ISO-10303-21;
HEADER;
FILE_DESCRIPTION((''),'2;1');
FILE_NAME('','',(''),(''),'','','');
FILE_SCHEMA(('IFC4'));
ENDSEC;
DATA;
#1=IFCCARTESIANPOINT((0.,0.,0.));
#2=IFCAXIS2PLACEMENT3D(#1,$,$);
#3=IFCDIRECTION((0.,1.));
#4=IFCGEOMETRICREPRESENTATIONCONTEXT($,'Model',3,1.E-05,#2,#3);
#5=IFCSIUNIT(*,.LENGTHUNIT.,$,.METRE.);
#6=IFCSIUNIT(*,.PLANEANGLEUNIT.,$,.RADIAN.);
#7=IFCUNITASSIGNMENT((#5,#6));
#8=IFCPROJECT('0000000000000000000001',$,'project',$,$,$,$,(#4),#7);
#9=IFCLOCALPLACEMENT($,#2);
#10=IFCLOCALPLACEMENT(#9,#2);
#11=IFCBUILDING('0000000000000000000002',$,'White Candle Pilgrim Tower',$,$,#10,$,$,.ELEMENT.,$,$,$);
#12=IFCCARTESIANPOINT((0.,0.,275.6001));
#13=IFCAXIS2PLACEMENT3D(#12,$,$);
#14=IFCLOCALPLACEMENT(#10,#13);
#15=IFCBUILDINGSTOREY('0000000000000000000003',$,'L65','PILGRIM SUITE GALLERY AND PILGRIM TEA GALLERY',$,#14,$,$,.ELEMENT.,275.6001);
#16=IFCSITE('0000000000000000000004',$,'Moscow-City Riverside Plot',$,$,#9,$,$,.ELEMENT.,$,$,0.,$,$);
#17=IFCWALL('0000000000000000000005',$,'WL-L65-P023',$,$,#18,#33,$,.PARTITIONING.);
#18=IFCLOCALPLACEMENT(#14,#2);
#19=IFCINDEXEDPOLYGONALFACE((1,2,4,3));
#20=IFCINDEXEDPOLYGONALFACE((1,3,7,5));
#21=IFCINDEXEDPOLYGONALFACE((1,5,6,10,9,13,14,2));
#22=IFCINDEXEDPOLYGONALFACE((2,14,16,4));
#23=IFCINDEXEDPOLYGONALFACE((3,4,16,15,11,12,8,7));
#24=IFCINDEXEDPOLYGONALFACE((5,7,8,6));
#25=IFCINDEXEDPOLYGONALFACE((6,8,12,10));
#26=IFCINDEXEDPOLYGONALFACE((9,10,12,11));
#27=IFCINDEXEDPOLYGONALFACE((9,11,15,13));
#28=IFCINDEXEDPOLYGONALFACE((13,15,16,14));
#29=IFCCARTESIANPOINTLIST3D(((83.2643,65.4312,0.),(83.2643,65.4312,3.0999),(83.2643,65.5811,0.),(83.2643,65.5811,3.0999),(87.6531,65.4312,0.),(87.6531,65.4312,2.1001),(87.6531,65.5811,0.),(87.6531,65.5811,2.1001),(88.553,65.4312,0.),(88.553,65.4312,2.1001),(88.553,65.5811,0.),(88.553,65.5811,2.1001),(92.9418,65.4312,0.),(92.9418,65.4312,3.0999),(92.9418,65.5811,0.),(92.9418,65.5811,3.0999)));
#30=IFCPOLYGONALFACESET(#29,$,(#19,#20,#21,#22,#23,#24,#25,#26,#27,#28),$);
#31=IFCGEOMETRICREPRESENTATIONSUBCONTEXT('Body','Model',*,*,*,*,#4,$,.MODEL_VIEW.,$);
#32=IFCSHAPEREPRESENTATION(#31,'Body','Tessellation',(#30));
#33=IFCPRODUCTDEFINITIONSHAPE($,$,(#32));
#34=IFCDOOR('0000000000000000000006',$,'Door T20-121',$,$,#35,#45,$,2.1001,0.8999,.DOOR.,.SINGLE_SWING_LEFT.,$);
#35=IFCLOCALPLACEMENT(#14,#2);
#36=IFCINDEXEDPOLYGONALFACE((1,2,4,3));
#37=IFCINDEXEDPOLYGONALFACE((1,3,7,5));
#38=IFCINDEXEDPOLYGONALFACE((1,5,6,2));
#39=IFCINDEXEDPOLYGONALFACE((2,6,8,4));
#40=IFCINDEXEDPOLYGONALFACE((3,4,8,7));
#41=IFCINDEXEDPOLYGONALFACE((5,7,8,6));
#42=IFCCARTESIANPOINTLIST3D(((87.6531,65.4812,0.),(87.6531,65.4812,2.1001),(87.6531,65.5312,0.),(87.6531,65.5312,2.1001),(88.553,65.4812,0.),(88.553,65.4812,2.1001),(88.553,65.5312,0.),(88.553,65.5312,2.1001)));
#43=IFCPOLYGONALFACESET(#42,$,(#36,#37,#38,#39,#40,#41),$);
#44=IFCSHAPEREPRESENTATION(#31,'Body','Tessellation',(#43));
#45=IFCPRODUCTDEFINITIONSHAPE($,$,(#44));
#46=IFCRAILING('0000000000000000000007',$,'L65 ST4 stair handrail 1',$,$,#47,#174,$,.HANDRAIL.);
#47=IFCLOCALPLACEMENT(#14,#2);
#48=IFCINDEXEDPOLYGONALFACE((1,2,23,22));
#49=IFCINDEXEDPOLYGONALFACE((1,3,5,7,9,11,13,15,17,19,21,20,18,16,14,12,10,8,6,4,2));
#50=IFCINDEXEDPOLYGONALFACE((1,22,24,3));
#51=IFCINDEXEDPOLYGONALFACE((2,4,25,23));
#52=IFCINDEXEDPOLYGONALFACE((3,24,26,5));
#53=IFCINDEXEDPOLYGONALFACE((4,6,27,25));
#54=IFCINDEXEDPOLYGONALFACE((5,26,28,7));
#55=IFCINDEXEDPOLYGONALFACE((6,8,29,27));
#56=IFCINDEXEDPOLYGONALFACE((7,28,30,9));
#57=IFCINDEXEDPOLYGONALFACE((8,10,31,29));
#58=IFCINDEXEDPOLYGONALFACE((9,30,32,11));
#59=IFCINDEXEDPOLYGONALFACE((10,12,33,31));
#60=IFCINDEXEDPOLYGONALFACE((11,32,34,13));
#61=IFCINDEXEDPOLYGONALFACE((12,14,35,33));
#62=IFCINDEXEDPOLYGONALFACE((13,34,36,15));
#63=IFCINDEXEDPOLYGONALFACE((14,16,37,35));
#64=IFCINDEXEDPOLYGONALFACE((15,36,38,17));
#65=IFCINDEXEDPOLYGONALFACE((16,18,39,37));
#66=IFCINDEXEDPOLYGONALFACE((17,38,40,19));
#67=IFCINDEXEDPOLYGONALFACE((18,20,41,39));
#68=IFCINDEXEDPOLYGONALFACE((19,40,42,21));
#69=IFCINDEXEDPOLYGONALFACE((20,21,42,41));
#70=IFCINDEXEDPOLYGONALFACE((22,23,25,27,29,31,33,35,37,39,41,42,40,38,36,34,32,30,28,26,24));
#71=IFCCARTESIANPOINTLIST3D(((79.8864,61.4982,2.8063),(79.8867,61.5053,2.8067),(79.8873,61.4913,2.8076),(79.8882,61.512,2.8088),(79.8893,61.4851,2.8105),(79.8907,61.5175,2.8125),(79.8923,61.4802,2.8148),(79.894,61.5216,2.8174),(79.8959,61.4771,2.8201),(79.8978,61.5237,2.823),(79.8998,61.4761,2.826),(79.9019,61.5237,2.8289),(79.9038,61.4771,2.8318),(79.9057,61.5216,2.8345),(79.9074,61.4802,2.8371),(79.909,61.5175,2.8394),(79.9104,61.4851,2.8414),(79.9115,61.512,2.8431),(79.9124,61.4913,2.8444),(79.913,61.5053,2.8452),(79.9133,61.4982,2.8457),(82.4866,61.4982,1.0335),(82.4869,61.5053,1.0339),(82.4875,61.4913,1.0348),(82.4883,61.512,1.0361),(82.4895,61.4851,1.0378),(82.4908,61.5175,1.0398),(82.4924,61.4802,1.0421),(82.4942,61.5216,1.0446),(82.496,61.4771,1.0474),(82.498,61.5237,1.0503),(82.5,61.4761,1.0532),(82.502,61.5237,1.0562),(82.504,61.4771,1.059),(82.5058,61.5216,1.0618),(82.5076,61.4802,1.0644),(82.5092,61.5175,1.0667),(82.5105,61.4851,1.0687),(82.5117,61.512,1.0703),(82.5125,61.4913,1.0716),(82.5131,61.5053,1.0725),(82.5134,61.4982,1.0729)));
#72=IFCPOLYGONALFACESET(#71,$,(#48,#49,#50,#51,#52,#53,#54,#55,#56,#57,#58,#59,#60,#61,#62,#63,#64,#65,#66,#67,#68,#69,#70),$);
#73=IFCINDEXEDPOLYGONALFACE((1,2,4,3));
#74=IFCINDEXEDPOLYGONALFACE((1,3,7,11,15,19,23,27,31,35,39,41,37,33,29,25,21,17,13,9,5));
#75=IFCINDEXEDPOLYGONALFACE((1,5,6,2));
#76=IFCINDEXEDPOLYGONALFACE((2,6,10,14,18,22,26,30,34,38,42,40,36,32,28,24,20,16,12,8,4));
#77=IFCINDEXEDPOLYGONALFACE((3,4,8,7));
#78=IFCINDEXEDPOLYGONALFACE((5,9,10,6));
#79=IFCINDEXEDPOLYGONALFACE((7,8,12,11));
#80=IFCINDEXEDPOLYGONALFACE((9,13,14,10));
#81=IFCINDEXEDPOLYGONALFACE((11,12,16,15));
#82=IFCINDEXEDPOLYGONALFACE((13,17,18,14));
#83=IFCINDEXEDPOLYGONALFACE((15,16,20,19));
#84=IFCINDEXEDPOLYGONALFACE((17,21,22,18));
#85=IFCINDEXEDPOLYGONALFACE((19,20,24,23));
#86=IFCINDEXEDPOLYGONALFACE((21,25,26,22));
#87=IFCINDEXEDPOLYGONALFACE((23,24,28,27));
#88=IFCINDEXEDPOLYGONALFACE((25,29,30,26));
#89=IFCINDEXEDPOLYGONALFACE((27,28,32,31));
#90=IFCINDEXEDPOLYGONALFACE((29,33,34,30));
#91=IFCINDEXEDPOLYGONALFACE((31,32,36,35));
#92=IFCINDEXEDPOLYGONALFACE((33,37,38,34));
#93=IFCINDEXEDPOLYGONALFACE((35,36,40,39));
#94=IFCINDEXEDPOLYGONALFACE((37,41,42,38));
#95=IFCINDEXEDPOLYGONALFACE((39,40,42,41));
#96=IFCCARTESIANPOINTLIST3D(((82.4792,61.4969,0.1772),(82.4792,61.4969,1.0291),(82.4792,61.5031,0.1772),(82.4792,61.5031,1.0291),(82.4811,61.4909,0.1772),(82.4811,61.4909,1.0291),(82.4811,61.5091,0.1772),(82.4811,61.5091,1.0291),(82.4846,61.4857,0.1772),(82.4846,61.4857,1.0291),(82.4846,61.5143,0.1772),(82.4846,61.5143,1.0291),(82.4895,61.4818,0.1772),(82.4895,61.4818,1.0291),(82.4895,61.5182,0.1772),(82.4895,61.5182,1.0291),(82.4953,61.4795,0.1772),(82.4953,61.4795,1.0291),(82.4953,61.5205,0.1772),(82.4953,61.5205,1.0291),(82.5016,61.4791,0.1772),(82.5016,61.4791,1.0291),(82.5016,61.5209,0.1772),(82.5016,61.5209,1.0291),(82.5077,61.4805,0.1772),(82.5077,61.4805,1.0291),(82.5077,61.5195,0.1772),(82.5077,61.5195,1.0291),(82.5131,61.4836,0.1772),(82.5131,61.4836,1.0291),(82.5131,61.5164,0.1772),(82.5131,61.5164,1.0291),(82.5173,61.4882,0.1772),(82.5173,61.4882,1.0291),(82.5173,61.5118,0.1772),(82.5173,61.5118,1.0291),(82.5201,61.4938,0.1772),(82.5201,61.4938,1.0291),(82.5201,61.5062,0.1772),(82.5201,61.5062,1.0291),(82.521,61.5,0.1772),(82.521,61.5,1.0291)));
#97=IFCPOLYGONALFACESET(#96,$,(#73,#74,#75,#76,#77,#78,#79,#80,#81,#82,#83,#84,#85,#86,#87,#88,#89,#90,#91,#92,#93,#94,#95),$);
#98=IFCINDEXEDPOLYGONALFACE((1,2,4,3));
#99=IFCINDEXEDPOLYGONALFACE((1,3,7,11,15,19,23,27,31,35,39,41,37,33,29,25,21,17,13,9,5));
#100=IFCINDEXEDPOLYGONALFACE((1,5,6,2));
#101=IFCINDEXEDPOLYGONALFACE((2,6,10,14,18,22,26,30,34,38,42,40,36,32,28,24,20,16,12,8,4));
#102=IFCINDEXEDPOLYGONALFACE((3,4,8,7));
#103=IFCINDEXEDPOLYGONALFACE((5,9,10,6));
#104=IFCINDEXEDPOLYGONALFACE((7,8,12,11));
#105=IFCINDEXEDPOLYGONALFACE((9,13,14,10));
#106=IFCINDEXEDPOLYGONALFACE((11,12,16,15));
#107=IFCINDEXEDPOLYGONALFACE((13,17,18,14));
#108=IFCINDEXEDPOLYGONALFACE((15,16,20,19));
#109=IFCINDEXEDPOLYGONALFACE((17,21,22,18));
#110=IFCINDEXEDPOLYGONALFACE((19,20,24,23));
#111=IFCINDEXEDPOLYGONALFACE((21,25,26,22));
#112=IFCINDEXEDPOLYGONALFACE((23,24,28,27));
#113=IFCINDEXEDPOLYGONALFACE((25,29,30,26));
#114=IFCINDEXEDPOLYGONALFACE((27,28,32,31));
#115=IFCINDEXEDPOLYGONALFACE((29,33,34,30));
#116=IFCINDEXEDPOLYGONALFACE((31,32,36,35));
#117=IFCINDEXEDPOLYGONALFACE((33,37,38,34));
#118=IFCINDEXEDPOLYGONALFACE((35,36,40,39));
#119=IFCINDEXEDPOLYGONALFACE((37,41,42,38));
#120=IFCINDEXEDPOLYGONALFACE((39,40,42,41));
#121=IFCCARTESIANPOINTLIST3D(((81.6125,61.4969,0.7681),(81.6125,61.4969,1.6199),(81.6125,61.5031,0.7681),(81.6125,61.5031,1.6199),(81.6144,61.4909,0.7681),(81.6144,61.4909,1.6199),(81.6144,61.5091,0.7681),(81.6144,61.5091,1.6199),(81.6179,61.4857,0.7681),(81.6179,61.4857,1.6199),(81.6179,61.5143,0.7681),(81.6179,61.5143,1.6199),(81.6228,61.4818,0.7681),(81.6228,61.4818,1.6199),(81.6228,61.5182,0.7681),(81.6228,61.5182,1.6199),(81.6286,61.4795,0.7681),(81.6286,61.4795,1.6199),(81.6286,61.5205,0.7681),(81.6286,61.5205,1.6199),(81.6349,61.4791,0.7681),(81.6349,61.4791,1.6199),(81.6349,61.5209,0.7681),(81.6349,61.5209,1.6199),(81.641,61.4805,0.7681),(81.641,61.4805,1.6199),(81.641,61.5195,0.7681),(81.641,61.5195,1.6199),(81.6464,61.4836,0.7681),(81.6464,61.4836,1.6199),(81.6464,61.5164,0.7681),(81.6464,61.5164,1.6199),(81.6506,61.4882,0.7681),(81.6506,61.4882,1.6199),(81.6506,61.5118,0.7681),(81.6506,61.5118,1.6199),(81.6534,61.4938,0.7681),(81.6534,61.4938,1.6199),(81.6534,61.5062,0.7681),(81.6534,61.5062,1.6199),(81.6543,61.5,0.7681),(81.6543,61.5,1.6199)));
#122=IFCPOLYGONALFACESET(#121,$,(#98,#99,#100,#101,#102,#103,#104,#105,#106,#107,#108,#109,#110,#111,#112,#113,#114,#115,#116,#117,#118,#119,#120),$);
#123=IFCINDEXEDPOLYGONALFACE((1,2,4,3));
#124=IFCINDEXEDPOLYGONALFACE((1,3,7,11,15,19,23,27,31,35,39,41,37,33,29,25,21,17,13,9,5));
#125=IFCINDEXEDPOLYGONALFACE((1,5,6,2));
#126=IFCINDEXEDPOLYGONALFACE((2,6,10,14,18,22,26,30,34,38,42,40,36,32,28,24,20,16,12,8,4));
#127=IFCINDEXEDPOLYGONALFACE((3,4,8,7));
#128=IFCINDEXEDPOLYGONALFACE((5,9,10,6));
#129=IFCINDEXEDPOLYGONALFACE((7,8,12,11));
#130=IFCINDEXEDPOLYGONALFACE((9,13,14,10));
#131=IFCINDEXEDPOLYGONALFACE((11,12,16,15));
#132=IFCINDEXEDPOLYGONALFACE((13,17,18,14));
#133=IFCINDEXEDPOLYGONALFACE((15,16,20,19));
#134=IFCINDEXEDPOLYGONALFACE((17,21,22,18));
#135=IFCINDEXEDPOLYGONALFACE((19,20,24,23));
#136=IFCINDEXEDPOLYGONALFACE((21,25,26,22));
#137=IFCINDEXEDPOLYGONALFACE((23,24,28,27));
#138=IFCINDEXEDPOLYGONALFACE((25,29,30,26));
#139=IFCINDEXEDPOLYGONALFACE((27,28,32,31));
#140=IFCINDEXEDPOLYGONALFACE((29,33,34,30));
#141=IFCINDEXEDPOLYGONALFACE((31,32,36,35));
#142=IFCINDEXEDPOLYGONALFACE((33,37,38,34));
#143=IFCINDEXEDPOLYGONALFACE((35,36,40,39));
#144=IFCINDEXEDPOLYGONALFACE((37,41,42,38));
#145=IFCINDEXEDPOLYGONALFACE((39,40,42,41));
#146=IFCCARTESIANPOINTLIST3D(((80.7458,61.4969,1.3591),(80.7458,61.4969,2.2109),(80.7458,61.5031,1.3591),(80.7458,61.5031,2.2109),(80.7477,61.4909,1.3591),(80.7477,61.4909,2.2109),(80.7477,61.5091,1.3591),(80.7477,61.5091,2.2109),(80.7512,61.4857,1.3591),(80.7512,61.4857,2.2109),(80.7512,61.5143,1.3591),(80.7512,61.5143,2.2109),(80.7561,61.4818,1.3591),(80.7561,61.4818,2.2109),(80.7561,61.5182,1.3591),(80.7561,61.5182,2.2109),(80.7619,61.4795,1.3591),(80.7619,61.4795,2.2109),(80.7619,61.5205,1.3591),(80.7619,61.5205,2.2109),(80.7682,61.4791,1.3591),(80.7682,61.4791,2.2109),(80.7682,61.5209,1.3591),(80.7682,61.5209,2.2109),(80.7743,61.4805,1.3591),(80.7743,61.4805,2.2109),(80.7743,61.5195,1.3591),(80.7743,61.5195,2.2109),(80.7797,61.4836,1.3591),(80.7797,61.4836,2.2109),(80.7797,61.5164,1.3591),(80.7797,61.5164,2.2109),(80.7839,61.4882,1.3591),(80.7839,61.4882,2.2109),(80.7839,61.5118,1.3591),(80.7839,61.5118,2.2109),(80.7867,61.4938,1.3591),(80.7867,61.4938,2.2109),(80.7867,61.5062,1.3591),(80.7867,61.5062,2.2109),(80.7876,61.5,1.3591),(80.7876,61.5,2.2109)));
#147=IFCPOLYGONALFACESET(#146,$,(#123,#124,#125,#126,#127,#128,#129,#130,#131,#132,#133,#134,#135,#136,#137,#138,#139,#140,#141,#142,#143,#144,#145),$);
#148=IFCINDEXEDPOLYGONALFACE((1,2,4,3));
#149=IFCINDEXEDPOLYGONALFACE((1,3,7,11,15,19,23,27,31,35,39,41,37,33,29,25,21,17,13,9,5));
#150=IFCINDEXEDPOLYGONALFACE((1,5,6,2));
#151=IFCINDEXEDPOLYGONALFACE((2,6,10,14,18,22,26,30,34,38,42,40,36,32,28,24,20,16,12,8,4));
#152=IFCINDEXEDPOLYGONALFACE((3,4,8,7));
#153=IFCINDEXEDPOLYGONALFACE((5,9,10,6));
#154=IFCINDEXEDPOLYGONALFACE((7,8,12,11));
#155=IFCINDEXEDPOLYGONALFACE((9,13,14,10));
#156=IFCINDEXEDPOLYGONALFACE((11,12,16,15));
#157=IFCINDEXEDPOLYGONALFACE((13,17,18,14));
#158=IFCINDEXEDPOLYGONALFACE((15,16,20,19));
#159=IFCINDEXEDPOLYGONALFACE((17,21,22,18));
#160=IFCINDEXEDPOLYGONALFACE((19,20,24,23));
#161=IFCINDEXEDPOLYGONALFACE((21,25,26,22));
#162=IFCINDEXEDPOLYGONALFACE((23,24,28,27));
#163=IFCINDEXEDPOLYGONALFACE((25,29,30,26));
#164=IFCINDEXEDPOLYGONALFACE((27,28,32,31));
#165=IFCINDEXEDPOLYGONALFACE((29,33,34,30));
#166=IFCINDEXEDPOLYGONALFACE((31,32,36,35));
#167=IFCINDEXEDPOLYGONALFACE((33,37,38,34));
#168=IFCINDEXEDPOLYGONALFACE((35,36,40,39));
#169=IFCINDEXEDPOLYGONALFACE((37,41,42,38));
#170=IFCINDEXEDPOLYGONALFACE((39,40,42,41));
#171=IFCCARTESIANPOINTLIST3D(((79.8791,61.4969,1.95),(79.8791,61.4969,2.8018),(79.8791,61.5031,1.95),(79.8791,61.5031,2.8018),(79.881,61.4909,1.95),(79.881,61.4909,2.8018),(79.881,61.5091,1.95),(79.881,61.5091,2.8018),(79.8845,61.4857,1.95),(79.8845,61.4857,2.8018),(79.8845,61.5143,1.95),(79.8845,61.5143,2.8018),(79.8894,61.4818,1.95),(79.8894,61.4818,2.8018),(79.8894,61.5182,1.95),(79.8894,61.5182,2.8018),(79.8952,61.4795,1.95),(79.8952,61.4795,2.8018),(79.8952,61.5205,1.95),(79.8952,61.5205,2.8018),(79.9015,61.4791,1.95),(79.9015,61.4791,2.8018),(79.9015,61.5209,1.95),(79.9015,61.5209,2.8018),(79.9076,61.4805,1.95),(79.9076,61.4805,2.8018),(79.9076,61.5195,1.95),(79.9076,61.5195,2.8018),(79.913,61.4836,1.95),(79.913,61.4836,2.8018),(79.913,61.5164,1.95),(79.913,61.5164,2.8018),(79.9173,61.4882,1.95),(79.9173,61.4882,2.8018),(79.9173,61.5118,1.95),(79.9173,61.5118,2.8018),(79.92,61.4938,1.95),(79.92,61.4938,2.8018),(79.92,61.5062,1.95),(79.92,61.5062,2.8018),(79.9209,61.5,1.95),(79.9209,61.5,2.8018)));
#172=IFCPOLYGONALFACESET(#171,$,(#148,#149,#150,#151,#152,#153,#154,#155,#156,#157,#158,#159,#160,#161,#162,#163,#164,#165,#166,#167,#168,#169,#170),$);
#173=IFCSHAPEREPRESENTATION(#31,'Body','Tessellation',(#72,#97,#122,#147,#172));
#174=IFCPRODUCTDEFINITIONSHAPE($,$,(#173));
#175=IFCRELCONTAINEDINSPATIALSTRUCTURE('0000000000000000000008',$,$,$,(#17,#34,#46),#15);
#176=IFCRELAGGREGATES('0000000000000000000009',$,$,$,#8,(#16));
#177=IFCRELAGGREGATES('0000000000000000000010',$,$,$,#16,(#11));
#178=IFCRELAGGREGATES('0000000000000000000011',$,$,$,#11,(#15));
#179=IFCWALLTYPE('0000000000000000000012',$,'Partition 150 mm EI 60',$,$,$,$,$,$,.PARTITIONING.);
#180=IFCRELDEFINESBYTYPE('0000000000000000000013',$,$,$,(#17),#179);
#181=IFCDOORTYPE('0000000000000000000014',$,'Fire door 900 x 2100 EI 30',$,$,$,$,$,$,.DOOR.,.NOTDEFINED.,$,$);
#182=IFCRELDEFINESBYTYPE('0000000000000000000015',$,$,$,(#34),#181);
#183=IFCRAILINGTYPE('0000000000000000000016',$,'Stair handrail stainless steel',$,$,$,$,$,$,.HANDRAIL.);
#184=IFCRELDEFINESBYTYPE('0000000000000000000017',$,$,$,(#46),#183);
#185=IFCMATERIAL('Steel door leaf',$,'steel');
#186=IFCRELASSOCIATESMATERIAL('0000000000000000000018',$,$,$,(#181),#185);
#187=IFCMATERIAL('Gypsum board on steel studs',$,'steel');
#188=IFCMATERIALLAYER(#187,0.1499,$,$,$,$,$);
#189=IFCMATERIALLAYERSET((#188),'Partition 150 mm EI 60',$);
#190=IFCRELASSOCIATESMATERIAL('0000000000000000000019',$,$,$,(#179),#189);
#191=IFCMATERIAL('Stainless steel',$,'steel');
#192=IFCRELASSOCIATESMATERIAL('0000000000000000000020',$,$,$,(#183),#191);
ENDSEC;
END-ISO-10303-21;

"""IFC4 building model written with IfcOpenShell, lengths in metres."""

from ifc_helpers import new_model, si_unit, direction, frame, frame_2d, origin, origin_2d, place, context, subcontext, project, spatial, rectangle, circle, extrude, material, layer, layer_set, type_object, element, fill, save


model = new_model("IFC4")

# Units and contexts
model_context = context("Model", 3, precision=1e-05, world=origin(), true_north=direction((0.0, 1.0)))
body_context = subcontext(model_context, "Body", "Model", "MODEL_VIEW")
ifc_project = project(units=[si_unit("LENGTHUNIT", "METRE"), si_unit("PLANEANGLEUNIT", "RADIAN")], contexts=[model_context])

# Site, building, storey
site_placement = place(None, origin())
site = spatial("IfcSite", under=ifc_project, at=site_placement, Name="Moscow-City Riverside Plot", CompositionType="ELEMENT", RefElevation=0.0)
building_placement = place(site_placement, origin())
building = spatial("IfcBuilding", under=site, at=building_placement, Name="White Candle Pilgrim Tower", CompositionType="ELEMENT")
storey_placement = place(building_placement, frame((0.0, 0.0, 275.6001)))
storey = spatial("IfcBuildingStorey", under=building, at=storey_placement, Name="L65", Description="PILGRIM SUITE GALLERY AND PILGRIM TEA GALLERY", CompositionType="ELEMENT", Elevation=275.6001)

# Shared definitions
ifc_material_1 = material(Name="Gypsum board on steel studs", Category="steel")

# Shared definitions
ifc_material_2 = material(Name="Steel door leaf", Category="steel")
door_type = type_object("IfcDoorType", Name="Fire door 900 x 2100 EI 30", OperationType="NOTDEFINED", PredefinedType="DOOR", material=ifc_material_2)

# Shared definitions
ifc_layer_1 = layer(ifc_material_1, 0.1499)
ifc_layer_set_1 = layer_set([ifc_layer_1], Name="Partition 150 mm EI 60")
wall_type_1 = type_object("IfcWallType", Name="Partition 150 mm EI 60", PredefinedType="PARTITIONING", material=ifc_layer_set_1)

# Wall, opening, door
wall_1_placement = place(storey_placement, frame((92.9419, 65.5061, 0.0), z_axis=(0.0, 0.0, 1.0), x_axis=(-1.0, 0.0, 0.0)))
wall_1 = element("IfcWall", 1, at=wall_1_placement, inside=storey, type_object=wall_type_1, Name="WL-L65-P023", PredefinedType="PARTITIONING", context=body_context, shape_type="SweptSolid", body=[
    extrude(rectangle(XDim=9.6775, YDim=0.1499, at=frame_2d((4.8389, 0.0))), origin(), (0.0, 0.0, 1.0), 3.0999),
])
opening_1_placement = place(wall_1_placement, frame((4.3889, 0.0, 0.0)))
opening_1 = element("IfcOpeningElement", 2, at=opening_1_placement, cuts=wall_1, PredefinedType="OPENING", context=body_context, shape_type="SweptSolid", body=[
    extrude(rectangle(XDim=0.8999, YDim=2.1001, at=frame_2d((0.45, 1.05))), frame((0.0, 0.085, 0.0), z_axis=(0.0, -1.0, 0.0), x_axis=(1.0, 0.0, 0.0)), (0.0, 0.0, 1.0), 0.1699),
])
door_1_placement = place(opening_1_placement, origin())
door_1 = element("IfcDoor", 3, at=door_1_placement, inside=storey, type_object=door_type, Name="Door T20-121", OperationType="SINGLE_SWING_LEFT", OverallHeight=2.1001, OverallWidth=0.8999, PredefinedType="DOOR", context=body_context, shape_type="SweptSolid", body=[
    extrude(rectangle(XDim=0.8999, YDim=2.1001, at=frame_2d((0.45, 1.05))), frame((0.0, 0.0249, 0.0), z_axis=(0.0, -1.0, 0.0), x_axis=(1.0, 0.0, 0.0)), (0.0, 0.0, 1.0), 0.05),
])
fill(opening_1, door_1)

# Railing
ifc_material_3 = material(Name="Stainless steel", Category="steel")
railing_type = type_object("IfcRailingType", Name="Stair handrail stainless steel", PredefinedType="HANDRAIL", material=ifc_material_3)
railing_placement = place(storey_placement, frame((82.5, 61.5, 0.1772)))
element("IfcRailing", 4, at=railing_placement, inside=storey, type_object=railing_type, Name="L65 ST4 stair handrail 1", PredefinedType="HANDRAIL", context=body_context, shape_type="SweptSolid", body=[
    extrude(circle(Radius=0.0239, at=origin_2d()), frame((0.0, 0.0, 0.876), z_axis=(-0.82624, 0.0, 0.563318), x_axis=(0.0, -1.0, 0.0)), (0.0, 0.0, 1.0), 3.147),
    extrude(circle(Radius=0.021, at=origin_2d()), origin(), (0.0, 0.0, 1.0), 0.8518),
    extrude(circle(Radius=0.021, at=origin_2d()), frame((-0.8667, 0.0, 0.5908)), (0.0, 0.0, 1.0), 0.8518),
    extrude(circle(Radius=0.021, at=origin_2d()), frame((-1.7334, 0.0, 1.1819)), (0.0, 0.0, 1.0), 0.8518),
    extrude(circle(Radius=0.021, at=origin_2d()), frame((-2.6001, 0.0, 1.7727)), (0.0, 0.0, 1.0), 0.8518),
])

save(model, "model.ifc")
